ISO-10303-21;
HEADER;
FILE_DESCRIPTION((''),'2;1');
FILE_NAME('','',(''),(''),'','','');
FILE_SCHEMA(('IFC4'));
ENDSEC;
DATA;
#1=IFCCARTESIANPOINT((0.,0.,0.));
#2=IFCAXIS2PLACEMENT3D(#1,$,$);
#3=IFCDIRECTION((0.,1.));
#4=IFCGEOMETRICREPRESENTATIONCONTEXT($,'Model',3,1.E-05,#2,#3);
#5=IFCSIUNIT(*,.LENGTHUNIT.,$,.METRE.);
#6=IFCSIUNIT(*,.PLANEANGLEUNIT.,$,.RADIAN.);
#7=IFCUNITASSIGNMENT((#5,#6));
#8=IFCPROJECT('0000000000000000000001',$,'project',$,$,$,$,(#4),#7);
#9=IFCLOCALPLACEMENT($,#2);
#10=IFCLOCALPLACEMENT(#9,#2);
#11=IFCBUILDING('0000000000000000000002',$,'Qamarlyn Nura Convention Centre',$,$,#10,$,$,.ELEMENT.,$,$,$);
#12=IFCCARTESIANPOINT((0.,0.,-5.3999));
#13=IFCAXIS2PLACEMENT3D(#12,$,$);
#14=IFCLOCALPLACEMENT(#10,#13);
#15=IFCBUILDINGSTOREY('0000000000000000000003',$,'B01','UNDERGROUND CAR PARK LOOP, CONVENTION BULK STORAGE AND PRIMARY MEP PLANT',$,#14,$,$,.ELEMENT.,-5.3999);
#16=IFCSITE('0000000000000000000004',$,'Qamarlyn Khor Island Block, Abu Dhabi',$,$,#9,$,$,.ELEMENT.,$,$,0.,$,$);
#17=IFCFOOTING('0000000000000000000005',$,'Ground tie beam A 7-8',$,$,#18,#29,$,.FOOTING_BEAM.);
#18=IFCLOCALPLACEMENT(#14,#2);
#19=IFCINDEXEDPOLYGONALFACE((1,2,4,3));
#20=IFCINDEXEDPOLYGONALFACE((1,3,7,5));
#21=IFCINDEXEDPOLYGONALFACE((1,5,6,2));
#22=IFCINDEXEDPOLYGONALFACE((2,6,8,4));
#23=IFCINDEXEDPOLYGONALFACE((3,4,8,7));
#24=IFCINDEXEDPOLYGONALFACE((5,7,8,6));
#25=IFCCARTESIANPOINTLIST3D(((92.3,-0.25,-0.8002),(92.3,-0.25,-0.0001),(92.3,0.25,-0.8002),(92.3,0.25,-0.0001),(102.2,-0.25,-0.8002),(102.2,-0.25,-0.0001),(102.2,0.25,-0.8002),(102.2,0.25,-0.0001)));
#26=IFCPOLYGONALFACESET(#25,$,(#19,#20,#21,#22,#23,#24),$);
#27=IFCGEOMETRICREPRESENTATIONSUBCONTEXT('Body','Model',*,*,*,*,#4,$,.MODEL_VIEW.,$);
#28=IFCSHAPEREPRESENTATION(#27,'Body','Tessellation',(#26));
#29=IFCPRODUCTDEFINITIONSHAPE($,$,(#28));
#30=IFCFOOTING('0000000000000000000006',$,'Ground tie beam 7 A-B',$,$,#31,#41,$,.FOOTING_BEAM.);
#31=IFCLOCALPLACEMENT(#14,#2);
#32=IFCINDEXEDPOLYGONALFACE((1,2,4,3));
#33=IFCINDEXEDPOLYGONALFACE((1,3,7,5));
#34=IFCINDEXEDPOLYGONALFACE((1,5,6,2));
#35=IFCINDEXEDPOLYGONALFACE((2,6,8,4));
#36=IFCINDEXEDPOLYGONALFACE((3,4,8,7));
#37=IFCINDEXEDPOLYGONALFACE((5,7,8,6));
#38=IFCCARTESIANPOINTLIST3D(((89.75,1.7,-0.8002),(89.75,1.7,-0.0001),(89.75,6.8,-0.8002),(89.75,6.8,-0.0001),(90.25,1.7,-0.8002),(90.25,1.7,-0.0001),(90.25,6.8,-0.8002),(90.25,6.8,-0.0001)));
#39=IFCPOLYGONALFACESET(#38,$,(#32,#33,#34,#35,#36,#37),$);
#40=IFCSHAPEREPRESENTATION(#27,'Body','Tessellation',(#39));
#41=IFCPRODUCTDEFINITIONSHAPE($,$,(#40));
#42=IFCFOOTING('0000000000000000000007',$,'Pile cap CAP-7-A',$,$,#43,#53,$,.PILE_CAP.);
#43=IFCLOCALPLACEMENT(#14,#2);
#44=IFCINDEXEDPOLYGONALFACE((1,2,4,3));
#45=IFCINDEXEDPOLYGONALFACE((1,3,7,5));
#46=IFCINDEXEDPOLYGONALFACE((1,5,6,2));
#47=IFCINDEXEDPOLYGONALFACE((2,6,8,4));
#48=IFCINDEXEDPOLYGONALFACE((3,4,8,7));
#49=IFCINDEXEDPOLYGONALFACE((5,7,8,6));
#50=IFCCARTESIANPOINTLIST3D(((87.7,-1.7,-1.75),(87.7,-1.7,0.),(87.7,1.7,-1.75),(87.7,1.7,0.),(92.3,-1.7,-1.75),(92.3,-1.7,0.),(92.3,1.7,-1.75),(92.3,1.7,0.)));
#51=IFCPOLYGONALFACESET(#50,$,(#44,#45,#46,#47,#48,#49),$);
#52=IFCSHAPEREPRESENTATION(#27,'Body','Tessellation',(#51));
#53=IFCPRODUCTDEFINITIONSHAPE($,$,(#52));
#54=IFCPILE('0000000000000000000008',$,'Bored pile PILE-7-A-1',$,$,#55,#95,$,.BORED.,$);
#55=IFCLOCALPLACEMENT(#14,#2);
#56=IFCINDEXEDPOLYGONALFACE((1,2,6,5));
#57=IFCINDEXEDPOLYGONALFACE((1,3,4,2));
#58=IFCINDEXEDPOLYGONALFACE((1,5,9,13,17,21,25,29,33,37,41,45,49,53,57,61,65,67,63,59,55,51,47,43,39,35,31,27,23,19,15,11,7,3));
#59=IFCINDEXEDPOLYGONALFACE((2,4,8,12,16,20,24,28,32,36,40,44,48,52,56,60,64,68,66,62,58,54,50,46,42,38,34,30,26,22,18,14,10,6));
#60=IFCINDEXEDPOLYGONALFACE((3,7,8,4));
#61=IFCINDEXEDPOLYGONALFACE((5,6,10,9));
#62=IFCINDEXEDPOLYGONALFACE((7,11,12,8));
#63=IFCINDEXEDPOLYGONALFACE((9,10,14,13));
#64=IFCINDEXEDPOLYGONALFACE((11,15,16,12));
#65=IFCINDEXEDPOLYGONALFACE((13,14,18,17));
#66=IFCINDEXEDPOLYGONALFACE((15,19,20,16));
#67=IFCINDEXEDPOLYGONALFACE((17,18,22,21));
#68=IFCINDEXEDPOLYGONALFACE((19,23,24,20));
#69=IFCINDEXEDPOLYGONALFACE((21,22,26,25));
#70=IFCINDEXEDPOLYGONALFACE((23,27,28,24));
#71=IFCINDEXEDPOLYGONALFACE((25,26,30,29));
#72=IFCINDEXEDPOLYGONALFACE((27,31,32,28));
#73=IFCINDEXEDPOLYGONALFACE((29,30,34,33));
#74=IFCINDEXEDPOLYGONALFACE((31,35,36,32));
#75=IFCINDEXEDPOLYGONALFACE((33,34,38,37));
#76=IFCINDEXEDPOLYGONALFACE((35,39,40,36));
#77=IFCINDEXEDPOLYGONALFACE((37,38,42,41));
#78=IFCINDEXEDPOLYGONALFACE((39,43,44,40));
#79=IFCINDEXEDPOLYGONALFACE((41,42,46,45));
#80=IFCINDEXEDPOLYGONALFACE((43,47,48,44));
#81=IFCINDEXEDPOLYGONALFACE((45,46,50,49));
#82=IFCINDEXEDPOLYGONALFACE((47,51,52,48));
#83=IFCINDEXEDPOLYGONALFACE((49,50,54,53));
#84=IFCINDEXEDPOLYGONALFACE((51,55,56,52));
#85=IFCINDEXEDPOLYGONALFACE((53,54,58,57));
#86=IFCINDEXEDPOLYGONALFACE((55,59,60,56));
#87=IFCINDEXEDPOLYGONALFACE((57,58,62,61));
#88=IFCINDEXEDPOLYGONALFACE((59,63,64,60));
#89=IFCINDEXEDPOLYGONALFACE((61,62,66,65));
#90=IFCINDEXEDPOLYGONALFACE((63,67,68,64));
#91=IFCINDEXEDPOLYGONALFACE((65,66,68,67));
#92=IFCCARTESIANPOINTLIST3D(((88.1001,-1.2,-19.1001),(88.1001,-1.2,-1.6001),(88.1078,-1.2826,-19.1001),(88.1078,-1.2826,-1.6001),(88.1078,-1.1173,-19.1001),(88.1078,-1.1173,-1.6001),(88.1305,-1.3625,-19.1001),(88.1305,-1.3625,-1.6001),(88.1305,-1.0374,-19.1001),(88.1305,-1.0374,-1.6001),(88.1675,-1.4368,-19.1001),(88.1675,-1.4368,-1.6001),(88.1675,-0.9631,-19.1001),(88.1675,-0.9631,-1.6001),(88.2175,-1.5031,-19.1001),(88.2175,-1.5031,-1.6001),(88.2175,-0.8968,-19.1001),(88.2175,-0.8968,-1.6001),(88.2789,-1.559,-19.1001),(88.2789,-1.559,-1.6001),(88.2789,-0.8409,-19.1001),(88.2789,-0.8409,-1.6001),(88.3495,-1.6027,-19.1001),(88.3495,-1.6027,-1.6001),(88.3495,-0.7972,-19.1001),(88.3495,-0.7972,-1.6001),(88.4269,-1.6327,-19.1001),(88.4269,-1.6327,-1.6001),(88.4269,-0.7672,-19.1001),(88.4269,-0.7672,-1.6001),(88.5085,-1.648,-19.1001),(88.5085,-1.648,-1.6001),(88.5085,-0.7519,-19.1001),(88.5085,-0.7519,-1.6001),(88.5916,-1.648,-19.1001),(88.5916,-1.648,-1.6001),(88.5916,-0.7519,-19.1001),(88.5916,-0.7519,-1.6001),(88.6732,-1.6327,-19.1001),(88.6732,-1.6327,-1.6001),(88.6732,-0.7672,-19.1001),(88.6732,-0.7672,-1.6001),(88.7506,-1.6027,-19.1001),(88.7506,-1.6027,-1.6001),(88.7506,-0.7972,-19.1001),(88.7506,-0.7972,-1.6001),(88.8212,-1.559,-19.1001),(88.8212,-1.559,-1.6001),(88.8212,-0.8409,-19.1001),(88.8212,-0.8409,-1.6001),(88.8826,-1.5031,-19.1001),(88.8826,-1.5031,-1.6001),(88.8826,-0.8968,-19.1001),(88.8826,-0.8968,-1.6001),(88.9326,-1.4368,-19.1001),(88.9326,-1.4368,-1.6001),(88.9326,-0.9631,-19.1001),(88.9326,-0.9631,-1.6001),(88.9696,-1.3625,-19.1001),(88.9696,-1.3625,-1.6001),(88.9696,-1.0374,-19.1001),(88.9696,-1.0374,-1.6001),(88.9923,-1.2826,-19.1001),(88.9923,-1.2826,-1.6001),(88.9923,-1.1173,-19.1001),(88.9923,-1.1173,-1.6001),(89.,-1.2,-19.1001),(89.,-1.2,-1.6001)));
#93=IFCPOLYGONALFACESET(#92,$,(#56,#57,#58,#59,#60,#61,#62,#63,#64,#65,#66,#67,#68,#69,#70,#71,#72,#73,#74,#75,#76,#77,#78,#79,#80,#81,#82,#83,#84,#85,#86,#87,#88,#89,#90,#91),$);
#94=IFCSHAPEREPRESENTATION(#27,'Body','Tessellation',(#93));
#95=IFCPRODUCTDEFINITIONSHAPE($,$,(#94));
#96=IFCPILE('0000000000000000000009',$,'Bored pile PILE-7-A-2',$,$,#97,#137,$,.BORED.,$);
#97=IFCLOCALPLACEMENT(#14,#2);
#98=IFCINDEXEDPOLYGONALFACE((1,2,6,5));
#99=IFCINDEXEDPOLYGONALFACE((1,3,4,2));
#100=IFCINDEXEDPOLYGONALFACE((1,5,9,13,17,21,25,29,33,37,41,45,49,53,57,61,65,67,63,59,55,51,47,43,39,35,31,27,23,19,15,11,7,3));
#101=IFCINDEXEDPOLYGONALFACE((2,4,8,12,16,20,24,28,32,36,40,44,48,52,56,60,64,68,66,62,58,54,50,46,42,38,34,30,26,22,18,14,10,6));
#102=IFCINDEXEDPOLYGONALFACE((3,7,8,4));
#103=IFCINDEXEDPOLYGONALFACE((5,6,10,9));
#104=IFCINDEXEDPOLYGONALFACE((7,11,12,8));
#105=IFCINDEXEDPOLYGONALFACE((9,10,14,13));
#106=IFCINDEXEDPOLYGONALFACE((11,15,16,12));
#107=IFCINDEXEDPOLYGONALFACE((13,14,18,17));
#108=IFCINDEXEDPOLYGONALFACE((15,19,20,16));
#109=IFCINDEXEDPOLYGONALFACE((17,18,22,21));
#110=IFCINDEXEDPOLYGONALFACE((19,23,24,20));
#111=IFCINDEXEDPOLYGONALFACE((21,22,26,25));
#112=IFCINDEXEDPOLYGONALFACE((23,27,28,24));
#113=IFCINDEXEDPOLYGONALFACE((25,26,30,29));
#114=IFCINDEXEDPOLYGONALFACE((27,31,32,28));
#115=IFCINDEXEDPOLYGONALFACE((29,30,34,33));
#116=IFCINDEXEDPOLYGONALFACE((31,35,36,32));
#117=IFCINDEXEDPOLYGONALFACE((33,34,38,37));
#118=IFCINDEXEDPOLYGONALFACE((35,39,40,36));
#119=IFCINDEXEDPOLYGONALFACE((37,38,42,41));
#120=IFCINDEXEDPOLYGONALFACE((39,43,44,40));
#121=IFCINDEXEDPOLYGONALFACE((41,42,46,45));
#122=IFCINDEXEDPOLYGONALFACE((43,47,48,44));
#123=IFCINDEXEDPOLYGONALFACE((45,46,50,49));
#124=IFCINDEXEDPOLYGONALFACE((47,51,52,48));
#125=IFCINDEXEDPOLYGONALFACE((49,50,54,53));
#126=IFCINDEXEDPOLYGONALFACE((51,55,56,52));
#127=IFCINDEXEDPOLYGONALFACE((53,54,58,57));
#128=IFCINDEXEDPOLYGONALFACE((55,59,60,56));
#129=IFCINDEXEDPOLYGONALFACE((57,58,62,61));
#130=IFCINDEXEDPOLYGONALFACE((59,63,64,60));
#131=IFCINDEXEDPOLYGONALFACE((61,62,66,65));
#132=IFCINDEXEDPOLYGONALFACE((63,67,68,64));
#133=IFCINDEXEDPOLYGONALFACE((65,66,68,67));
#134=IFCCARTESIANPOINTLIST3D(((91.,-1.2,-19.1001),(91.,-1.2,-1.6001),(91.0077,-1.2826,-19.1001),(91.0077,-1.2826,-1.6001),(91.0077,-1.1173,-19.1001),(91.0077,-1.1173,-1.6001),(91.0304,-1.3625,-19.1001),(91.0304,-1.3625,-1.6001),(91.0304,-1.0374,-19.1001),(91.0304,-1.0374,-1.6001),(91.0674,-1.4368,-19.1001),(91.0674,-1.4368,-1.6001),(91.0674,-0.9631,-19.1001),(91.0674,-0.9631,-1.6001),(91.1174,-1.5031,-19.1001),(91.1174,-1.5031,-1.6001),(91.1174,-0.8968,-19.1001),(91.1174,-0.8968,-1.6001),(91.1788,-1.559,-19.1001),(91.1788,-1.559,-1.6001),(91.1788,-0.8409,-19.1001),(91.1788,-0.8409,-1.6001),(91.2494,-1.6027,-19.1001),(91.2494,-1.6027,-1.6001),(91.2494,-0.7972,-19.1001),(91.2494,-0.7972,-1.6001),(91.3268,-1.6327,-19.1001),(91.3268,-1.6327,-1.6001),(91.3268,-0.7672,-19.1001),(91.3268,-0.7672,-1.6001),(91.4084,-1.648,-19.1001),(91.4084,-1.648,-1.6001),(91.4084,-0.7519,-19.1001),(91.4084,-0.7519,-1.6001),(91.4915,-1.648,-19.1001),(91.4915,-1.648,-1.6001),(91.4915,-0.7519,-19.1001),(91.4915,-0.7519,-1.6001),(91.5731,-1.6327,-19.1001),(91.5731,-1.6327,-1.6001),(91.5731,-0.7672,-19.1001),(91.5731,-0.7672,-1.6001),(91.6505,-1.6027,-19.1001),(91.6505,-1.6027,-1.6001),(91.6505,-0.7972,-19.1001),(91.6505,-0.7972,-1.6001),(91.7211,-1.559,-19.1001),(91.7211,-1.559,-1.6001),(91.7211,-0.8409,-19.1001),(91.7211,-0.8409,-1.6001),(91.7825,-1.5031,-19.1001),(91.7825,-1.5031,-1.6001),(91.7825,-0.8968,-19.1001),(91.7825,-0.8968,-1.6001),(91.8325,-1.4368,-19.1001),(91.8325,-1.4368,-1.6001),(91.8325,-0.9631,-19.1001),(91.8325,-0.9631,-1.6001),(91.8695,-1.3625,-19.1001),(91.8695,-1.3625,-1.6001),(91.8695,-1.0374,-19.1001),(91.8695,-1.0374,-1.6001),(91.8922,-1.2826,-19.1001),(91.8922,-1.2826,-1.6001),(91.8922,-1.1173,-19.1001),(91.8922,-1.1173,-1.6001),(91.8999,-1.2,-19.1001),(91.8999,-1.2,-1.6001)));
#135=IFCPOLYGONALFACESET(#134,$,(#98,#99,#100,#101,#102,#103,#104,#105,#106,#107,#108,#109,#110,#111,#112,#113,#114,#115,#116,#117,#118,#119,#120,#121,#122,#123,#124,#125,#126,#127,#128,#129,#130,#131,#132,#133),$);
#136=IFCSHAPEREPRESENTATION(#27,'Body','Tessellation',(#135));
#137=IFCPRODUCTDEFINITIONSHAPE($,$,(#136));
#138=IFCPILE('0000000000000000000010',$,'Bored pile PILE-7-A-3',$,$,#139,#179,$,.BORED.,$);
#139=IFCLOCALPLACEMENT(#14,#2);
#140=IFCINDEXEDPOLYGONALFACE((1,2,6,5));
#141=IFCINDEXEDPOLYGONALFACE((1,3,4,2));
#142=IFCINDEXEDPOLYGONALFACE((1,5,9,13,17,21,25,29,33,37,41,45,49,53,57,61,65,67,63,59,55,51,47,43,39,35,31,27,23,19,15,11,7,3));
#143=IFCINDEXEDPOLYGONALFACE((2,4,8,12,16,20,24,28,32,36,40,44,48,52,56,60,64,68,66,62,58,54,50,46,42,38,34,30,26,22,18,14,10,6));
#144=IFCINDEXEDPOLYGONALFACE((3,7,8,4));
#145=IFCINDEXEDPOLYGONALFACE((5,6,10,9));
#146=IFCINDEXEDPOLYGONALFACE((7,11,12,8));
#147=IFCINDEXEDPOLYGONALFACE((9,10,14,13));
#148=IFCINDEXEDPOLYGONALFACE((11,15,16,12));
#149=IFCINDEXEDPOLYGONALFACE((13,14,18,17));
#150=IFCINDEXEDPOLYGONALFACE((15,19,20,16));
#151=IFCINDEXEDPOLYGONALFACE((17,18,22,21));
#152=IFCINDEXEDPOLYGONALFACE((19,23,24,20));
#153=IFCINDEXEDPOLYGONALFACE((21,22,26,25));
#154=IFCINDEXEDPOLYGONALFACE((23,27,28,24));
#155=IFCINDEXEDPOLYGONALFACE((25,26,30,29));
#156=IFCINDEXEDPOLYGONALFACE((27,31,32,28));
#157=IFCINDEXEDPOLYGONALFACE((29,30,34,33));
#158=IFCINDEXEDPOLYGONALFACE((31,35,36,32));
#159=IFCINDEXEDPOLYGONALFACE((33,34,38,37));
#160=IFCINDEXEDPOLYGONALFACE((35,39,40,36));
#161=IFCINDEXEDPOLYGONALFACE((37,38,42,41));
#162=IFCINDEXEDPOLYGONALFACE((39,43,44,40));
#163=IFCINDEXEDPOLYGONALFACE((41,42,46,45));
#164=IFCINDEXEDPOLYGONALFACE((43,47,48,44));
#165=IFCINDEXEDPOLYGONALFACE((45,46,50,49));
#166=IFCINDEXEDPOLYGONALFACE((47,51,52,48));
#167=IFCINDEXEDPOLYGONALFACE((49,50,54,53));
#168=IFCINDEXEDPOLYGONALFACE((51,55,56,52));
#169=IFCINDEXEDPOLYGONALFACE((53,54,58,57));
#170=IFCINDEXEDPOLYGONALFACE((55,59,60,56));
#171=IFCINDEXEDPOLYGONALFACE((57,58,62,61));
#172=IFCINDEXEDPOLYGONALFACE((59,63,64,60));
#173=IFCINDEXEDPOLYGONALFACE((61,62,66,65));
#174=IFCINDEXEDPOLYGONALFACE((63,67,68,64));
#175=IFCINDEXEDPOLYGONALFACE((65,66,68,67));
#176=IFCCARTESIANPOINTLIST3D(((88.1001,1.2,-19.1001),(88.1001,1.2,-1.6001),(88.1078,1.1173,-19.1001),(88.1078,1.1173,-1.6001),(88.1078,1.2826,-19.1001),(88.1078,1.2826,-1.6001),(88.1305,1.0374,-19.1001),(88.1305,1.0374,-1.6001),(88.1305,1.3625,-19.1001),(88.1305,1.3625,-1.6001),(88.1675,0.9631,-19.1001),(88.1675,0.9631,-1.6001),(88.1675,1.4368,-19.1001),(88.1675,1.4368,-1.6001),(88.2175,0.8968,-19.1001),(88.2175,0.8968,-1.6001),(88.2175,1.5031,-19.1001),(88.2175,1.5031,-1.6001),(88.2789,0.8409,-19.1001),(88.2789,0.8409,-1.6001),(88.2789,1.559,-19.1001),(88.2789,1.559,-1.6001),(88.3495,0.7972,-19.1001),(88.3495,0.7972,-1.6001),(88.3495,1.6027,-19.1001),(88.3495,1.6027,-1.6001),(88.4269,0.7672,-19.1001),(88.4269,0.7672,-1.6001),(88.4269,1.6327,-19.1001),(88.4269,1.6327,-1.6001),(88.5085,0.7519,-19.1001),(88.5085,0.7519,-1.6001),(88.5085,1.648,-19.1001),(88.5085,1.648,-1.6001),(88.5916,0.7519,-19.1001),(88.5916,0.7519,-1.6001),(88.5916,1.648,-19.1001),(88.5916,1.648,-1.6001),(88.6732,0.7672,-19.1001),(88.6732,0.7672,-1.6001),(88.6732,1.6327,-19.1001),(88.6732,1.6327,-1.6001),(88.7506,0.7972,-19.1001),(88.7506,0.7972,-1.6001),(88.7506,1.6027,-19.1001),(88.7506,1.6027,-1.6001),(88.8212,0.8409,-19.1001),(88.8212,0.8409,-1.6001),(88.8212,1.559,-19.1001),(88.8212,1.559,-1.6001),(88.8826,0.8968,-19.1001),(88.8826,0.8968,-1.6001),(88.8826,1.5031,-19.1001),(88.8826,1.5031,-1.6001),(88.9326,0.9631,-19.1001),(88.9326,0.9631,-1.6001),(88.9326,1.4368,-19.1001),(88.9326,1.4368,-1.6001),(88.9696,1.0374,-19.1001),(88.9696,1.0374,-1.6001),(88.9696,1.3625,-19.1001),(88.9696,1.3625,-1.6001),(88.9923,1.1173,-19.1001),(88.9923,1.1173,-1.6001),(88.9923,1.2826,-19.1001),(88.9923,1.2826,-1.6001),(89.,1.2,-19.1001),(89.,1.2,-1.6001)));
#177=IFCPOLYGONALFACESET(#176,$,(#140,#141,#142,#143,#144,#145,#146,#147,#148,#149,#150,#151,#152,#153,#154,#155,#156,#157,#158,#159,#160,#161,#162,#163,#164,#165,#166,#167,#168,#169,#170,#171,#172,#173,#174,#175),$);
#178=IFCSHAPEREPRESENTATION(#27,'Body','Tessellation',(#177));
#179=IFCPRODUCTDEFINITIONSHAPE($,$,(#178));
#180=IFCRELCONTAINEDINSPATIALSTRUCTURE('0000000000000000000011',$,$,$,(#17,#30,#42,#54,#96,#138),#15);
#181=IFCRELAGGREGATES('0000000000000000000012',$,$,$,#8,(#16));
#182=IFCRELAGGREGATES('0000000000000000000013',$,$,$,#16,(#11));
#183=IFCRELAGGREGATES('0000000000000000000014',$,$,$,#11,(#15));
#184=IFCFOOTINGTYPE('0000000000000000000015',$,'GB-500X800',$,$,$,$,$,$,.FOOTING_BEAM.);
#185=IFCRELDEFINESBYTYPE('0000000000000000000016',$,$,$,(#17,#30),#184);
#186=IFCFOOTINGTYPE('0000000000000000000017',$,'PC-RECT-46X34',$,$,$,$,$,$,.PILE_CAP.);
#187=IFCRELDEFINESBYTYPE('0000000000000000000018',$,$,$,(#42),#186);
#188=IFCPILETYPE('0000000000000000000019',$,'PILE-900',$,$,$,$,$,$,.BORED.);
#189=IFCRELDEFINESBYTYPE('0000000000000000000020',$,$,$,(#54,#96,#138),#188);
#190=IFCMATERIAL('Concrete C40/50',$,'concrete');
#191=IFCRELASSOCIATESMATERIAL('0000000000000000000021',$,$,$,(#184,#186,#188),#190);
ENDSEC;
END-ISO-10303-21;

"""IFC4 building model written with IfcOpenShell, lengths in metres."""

from ifc_helpers import new_model, si_unit, direction, frame, origin, origin_2d, place, context, subcontext, project, spatial, rectangle, circle, extrude, material, material_profile, profile_set, type_object, element, save


model = new_model("IFC4")

# Units and contexts
model_context = context("Model", 3, precision=1e-05, world=origin(), true_north=direction((0.0, 1.0)))
body_context = subcontext(model_context, "Body", "Model", "MODEL_VIEW")
ifc_project = project(units=[si_unit("LENGTHUNIT", "METRE"), si_unit("PLANEANGLEUNIT", "RADIAN")], contexts=[model_context])

# Site, building, storey
site_placement = place(None, origin())
site = spatial("IfcSite", under=ifc_project, at=site_placement, Name="Qamarlyn Khor Island Block, Abu Dhabi", CompositionType="ELEMENT", RefElevation=0.0)
building_placement = place(site_placement, origin())
building = spatial("IfcBuilding", under=site, at=building_placement, Name="Qamarlyn Nura Convention Centre", CompositionType="ELEMENT")
storey_placement = place(building_placement, frame((0.0, 0.0, -5.3999)))
storey = spatial("IfcBuildingStorey", under=building, at=storey_placement, Name="B01", Description="UNDERGROUND CAR PARK LOOP, CONVENTION BULK STORAGE AND PRIMARY MEP PLANT", CompositionType="ELEMENT", Elevation=-5.3999)

# Footings
ifc_material_1 = material(Name="Concrete C40/50", Category="concrete")
ifc_material_profile_1 = material_profile(ifc_material_1, rectangle(XDim=0.5, YDim=0.8, at=origin_2d()), Name="RC GB 500x800")
ifc_profile_set_1 = profile_set([ifc_material_profile_1], Name="Concrete C40/50")
footing_type_1 = type_object("IfcFootingType", Name="GB-500X800", PredefinedType="FOOTING_BEAM", material=ifc_profile_set_1)
footing_1_placement = place(storey_placement, frame((92.3, 0.0, -0.4001), z_axis=(1.0, 0.0, 0.0), x_axis=(0.0, 1.0, 0.0)))
element("IfcFooting", 1, at=footing_1_placement, inside=storey, type_object=footing_type_1, Name="Ground tie beam A 7-8", PredefinedType="FOOTING_BEAM", context=body_context, shape_type="SweptSolid", body=[
    extrude(rectangle(XDim=0.5, YDim=0.8, at=origin_2d()), origin(), (0.0, 0.0, 1.0), 9.8999),
])
footing_2_placement = place(storey_placement, frame((90.0, 1.7, -0.4001), z_axis=(0.0, 1.0, 0.0), x_axis=(-1.0, 0.0, 0.0)))
element("IfcFooting", 2, at=footing_2_placement, inside=storey, type_object=footing_type_1, Name="Ground tie beam 7 A-B", PredefinedType="FOOTING_BEAM", context=body_context, shape_type="SweptSolid", body=[
    extrude(rectangle(XDim=0.5, YDim=0.8, at=origin_2d()), origin(), (0.0, 0.0, 1.0), 5.1001),
])
footing_type_2 = type_object("IfcFootingType", Name="PC-RECT-46X34", PredefinedType="PILE_CAP", material=ifc_material_1)
footing_3_placement = place(storey_placement, frame((90.0, 0.0, -1.75), z_axis=(0.0, 0.0, 1.0), x_axis=(1.0, 0.0, 0.0)))
element("IfcFooting", 3, at=footing_3_placement, inside=storey, type_object=footing_type_2, Name="Pile cap CAP-7-A", PredefinedType="PILE_CAP", context=body_context, shape_type="SweptSolid", body=[
    extrude(rectangle(XDim=4.6001, YDim=3.3999, at=origin_2d()), origin(), (0.0, 0.0, 1.0), 1.75),
])

# Piles
ifc_material_profile_2 = material_profile(ifc_material_1, circle(Radius=0.45, at=origin_2d()), Name="BORED PILE 900")
ifc_profile_set_2 = profile_set([ifc_material_profile_2], Name="Concrete C40/50")
pile_type = type_object("IfcPileType", Name="PILE-900", PredefinedType="BORED", material=ifc_profile_set_2)
for number, where, z_axis, x_axis, name in (
    (4, (88.55, -1.2, -1.6001), (0.0, 0.0, -1.0), (1.0, 0.0, 0.0), "Bored pile PILE-7-A-1"),
    (5, (91.45, -1.2, -1.6001), (0.0, 0.0, -1.0), (1.0, 0.0, 0.0), "Bored pile PILE-7-A-2"),
    (6, (88.55, 1.2, -1.6001), (0.0, 0.0, -1.0), (1.0, 0.0, 0.0), "Bored pile PILE-7-A-3"),
):
    element("IfcPile", number, at=place(storey_placement, frame(where, z_axis=z_axis, x_axis=x_axis)), inside=storey, type_object=pile_type, Name=name, PredefinedType="BORED", context=body_context, shape_type="SweptSolid", body=[
        extrude(circle(Radius=0.45, at=origin_2d()), origin(), (0.0, 0.0, 1.0), 17.5),
    ])

save(model, "model.ifc")
